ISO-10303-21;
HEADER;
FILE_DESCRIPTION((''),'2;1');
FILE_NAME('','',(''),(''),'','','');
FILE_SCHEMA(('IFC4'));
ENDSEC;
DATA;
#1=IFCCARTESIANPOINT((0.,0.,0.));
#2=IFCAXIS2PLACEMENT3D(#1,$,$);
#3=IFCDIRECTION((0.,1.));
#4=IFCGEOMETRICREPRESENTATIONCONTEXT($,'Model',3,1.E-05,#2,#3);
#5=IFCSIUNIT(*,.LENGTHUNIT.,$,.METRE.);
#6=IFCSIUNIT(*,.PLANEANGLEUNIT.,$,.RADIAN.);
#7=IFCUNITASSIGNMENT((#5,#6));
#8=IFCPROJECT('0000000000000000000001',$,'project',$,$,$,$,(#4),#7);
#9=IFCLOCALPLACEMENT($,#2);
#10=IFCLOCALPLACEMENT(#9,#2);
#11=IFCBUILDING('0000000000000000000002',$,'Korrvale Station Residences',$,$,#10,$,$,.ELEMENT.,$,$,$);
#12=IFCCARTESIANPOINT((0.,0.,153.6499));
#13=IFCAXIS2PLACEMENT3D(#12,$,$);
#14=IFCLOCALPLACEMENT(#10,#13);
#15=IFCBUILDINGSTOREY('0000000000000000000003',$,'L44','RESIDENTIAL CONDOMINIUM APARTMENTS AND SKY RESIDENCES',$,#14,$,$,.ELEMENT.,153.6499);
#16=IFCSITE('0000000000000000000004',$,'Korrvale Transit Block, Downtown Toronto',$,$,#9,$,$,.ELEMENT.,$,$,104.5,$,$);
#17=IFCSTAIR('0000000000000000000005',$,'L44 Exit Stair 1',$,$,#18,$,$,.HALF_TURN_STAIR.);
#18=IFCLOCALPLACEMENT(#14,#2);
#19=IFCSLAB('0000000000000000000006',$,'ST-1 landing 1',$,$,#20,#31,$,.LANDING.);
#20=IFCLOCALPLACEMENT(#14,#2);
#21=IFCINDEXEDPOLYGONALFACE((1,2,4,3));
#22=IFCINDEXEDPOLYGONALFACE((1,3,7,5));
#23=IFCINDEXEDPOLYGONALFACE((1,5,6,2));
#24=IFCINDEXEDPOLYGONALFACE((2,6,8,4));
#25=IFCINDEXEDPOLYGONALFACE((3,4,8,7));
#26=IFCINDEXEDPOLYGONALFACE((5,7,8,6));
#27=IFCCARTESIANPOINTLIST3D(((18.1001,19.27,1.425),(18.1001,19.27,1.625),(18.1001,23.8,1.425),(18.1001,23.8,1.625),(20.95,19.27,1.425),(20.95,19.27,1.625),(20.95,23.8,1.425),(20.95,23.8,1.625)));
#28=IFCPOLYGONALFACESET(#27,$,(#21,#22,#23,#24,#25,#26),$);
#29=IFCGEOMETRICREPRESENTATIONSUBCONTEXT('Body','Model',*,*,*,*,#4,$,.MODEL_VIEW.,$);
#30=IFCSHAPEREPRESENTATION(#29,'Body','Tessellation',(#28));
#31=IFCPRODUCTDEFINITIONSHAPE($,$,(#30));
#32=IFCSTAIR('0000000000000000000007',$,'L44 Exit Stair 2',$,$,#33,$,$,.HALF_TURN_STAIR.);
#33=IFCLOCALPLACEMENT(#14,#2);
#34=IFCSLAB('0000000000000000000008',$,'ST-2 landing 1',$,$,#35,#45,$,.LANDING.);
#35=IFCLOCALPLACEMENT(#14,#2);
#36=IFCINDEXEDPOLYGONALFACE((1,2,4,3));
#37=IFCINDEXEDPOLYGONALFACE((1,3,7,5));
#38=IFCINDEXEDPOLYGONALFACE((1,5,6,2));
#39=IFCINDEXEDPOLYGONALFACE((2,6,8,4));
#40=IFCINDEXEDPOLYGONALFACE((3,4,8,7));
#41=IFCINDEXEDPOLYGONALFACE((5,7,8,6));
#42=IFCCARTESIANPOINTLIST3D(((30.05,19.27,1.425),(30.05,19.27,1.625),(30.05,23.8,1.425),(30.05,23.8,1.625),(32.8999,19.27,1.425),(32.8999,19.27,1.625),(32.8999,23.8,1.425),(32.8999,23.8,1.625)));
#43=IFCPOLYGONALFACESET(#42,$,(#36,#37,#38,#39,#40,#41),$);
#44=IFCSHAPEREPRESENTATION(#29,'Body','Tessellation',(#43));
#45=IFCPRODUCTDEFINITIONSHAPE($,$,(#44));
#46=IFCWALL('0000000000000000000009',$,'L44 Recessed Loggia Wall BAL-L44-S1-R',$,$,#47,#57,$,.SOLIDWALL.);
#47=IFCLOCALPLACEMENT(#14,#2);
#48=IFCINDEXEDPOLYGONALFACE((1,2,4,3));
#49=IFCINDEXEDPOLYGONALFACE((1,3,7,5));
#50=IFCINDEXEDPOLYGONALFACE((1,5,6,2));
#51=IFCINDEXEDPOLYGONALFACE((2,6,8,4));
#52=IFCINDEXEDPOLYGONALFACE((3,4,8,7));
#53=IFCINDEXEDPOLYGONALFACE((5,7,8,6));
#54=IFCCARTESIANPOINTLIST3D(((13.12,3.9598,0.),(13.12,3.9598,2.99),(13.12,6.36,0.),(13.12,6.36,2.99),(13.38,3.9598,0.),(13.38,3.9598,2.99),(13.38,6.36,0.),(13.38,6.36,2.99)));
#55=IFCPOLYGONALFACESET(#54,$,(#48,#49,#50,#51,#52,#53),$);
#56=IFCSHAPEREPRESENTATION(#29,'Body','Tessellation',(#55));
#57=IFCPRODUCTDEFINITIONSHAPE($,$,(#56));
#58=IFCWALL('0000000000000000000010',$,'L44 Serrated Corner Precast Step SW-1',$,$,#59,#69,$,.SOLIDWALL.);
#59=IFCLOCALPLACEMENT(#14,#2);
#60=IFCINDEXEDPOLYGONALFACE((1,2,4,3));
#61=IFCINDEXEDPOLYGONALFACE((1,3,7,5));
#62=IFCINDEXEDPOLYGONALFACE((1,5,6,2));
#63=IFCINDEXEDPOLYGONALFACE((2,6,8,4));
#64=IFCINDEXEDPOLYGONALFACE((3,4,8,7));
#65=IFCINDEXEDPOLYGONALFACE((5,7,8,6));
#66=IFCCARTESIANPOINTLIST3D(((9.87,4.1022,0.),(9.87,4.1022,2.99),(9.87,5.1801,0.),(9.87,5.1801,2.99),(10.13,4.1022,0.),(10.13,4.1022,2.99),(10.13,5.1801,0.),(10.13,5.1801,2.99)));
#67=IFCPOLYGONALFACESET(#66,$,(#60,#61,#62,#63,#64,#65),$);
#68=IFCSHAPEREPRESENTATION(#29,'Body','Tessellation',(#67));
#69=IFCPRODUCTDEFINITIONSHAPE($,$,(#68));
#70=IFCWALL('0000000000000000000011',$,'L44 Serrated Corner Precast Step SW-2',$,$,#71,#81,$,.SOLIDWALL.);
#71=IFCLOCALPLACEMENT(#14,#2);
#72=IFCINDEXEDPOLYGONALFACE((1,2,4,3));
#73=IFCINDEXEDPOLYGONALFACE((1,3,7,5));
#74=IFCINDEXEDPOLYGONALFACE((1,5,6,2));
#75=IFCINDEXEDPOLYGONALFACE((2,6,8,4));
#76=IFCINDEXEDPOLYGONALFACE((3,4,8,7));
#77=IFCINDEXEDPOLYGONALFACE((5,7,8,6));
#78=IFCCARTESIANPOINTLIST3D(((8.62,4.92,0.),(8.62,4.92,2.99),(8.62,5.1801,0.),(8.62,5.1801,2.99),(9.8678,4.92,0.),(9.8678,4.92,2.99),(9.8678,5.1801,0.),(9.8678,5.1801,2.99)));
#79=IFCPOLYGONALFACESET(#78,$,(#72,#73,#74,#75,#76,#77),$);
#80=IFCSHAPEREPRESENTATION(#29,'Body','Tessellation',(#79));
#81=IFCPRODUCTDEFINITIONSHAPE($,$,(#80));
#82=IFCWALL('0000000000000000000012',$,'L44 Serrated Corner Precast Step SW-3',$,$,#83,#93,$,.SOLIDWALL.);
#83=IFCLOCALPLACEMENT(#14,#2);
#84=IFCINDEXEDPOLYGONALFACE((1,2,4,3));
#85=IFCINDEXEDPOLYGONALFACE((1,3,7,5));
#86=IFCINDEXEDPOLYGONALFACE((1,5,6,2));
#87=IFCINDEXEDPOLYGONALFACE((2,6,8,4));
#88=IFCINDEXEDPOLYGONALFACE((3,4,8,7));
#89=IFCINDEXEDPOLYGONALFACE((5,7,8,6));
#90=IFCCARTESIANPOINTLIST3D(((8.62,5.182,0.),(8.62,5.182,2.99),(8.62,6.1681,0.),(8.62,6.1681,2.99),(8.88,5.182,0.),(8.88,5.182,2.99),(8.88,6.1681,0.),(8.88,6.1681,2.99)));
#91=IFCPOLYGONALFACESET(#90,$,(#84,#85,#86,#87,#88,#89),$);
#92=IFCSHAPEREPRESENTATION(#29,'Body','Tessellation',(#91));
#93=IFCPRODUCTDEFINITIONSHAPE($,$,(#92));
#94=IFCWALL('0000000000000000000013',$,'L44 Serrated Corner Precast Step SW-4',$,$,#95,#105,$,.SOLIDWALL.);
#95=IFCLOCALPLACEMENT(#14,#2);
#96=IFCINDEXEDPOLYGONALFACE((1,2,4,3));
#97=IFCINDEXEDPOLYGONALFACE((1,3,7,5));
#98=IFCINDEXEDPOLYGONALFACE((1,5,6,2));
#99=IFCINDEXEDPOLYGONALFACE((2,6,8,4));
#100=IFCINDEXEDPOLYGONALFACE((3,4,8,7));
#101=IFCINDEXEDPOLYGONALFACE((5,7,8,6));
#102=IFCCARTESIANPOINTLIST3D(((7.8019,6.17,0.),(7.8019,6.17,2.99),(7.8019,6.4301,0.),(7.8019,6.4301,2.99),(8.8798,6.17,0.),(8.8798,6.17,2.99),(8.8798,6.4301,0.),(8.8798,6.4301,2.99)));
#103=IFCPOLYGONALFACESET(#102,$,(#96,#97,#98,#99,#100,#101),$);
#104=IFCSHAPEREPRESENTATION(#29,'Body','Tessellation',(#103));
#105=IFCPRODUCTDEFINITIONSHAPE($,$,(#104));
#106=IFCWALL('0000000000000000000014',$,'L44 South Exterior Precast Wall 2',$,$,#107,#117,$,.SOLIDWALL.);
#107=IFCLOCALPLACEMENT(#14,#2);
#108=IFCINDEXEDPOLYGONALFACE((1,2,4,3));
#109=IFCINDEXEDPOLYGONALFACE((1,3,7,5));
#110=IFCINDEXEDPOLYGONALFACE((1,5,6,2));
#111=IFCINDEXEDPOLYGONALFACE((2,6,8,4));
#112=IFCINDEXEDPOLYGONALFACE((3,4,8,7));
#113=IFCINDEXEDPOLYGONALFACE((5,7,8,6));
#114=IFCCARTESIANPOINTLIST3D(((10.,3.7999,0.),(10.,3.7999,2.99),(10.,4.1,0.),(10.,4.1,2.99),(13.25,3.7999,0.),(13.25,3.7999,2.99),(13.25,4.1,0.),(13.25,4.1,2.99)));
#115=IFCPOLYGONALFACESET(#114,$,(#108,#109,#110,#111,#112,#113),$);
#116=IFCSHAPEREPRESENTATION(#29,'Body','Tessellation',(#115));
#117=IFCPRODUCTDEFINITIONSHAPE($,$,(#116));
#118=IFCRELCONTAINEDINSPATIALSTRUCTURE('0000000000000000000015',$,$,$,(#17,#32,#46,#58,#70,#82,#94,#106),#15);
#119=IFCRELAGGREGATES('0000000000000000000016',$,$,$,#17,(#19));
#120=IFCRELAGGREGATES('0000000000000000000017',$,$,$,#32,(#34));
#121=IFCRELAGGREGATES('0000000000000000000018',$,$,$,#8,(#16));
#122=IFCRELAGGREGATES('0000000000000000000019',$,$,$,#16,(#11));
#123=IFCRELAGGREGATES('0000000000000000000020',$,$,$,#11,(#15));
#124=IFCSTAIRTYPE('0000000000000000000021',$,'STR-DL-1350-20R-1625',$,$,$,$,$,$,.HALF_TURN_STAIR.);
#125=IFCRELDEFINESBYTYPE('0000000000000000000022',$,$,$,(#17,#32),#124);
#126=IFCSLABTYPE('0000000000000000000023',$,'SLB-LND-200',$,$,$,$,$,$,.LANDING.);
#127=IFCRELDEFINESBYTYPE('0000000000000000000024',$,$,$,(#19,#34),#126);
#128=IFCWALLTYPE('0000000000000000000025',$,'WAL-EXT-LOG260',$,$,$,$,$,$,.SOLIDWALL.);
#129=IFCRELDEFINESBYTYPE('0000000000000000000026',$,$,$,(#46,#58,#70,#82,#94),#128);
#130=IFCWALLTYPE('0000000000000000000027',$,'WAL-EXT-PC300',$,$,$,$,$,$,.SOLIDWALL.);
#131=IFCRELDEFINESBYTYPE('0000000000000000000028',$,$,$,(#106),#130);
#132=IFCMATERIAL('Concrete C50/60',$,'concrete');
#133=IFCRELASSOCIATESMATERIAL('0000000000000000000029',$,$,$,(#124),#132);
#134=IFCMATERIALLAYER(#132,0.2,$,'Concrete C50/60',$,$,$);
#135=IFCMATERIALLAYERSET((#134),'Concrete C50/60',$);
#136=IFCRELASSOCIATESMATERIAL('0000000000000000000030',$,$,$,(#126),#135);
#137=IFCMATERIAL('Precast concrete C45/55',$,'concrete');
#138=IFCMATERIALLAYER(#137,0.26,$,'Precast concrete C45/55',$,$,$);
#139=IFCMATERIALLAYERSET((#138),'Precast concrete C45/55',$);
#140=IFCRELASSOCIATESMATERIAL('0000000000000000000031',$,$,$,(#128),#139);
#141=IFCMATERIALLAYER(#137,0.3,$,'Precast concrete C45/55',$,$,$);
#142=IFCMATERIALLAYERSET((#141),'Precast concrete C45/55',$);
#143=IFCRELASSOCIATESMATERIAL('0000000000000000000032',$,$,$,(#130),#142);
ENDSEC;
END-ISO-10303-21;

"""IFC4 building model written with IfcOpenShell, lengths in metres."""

from ifc_helpers import new_model, si_unit, direction, frame, frame_2d, origin, place, context, subcontext, project, spatial, polyline, rectangle, outline, extrude, material, layer, layer_set, type_object, element, aggregate, save


model = new_model("IFC4")

# Units and contexts
model_context = context("Model", 3, precision=1e-05, world=origin(), true_north=direction((0.0, 1.0)))
body_context = subcontext(model_context, "Body", "Model", "MODEL_VIEW")
ifc_project = project(units=[si_unit("LENGTHUNIT", "METRE"), si_unit("PLANEANGLEUNIT", "RADIAN")], contexts=[model_context])

# Site, building, storey
site_placement = place(None, origin())
site = spatial("IfcSite", under=ifc_project, at=site_placement, Name="Korrvale Transit Block, Downtown Toronto", CompositionType="ELEMENT", RefElevation=104.5)
building_placement = place(site_placement, origin())
building = spatial("IfcBuilding", under=site, at=building_placement, Name="Korrvale Station Residences", CompositionType="ELEMENT")
storey_placement = place(building_placement, frame((0.0, 0.0, 153.6499)))
storey = spatial("IfcBuildingStorey", under=building, at=storey_placement, Name="L44", Description="RESIDENTIAL CONDOMINIUM APARTMENTS AND SKY RESIDENCES", CompositionType="ELEMENT", Elevation=153.6499)

# Shared definitions
ifc_material_1 = material(Name="Concrete C50/60", Category="concrete")

# Stairs, slabs
stair_type = type_object("IfcStairType", Name="STR-DL-1350-20R-1625", PredefinedType="HALF_TURN_STAIR", material=ifc_material_1)
stair_1_placement = place(storey_placement, origin())
stair_1 = element("IfcStair", 1, at=stair_1_placement, inside=storey, type_object=stair_type, Name="L44 Exit Stair 1", PredefinedType="HALF_TURN_STAIR")
ifc_layer_1 = layer(ifc_material_1, 0.2, Name="Concrete C50/60")
ifc_layer_set_1 = layer_set([ifc_layer_1], Name="Concrete C50/60")
slab_type_1 = type_object("IfcSlabType", Name="SLB-LND-200", PredefinedType="LANDING", material=ifc_layer_set_1)
slab_1_placement = place(storey_placement, frame((0.0, 0.0, 1.425)))
slab_1 = element("IfcSlab", 2, at=slab_1_placement, type_object=slab_type_1, Name="ST-1 landing 1", PredefinedType="LANDING", context=body_context, shape_type="SweptSolid", body=[
    extrude(outline(polyline([(20.95, 19.27), (20.95, 23.8), (18.1001, 23.8), (18.1001, 19.27), (20.95, 19.27)])), origin(), (0.0, 0.0, 1.0), 0.2),
])
aggregate(stair_1, [slab_1])
stair_2_placement = place(storey_placement, origin())
stair_2 = element("IfcStair", 3, at=stair_2_placement, inside=storey, type_object=stair_type, Name="L44 Exit Stair 2", PredefinedType="HALF_TURN_STAIR")
slab_2_placement = place(storey_placement, frame((0.0, 0.0, 1.425)))
slab_2 = element("IfcSlab", 4, at=slab_2_placement, type_object=slab_type_1, Name="ST-2 landing 1", PredefinedType="LANDING", context=body_context, shape_type="SweptSolid", body=[
    extrude(outline(polyline([(32.8999, 19.27), (32.8999, 23.8), (30.05, 23.8), (30.05, 19.27), (32.8999, 19.27)])), origin(), (0.0, 0.0, 1.0), 0.2),
])
aggregate(stair_2, [slab_2])

# Walls
ifc_material_2 = material(Name="Precast concrete C45/55", Category="concrete")
ifc_layer_2 = layer(ifc_material_2, 0.26, Name="Precast concrete C45/55")
ifc_layer_set_2 = layer_set([ifc_layer_2], Name="Precast concrete C45/55")
wall_type_1 = type_object("IfcWallType", Name="WAL-EXT-LOG260", PredefinedType="SOLIDWALL", material=ifc_layer_set_2)
wall_1_placement = place(storey_placement, frame((13.25, 6.3601, 0.0), z_axis=(0.0, 0.0, 1.0), x_axis=(0.0, -1.0, 0.0)))
element("IfcWall", 5, at=wall_1_placement, inside=storey, type_object=wall_type_1, Name="L44 Recessed Loggia Wall BAL-L44-S1-R", PredefinedType="SOLIDWALL", context=body_context, shape_type="SweptSolid", body=[
    extrude(rectangle(XDim=2.4001, YDim=0.26, at=frame_2d((1.2002, 0.0))), origin(), (0.0, 0.0, 1.0), 2.99),
])
wall_2_placement = place(storey_placement, frame((10.0, 4.1021, 0.0), z_axis=(0.0, 0.0, 1.0), x_axis=(0.0, 1.0, 0.0)))
element("IfcWall", 6, at=wall_2_placement, inside=storey, type_object=wall_type_1, Name="L44 Serrated Corner Precast Step SW-1", PredefinedType="SOLIDWALL", context=body_context, shape_type="SweptSolid", body=[
    extrude(rectangle(XDim=1.0779, YDim=0.26, at=frame_2d((0.5391, 0.0))), origin(), (0.0, 0.0, 1.0), 2.99),
])
wall_3_placement = place(storey_placement, frame((9.8679, 5.05, 0.0), z_axis=(0.0, 0.0, 1.0), x_axis=(-1.0, 0.0, 0.0)))
element("IfcWall", 7, at=wall_3_placement, inside=storey, type_object=wall_type_1, Name="L44 Serrated Corner Precast Step SW-2", PredefinedType="SOLIDWALL", context=body_context, shape_type="SweptSolid", body=[
    extrude(rectangle(XDim=1.2478, YDim=0.26, at=frame_2d((0.624, 0.0))), origin(), (0.0, 0.0, 1.0), 2.99),
])
wall_4_placement = place(storey_placement, frame((8.75, 5.1819, 0.0), z_axis=(0.0, 0.0, 1.0), x_axis=(0.0, 1.0, 0.0)))
element("IfcWall", 8, at=wall_4_placement, inside=storey, type_object=wall_type_1, Name="L44 Serrated Corner Precast Step SW-3", PredefinedType="SOLIDWALL", context=body_context, shape_type="SweptSolid", body=[
    extrude(rectangle(XDim=0.9861, YDim=0.26, at=frame_2d((0.4932, 0.0))), origin(), (0.0, 0.0, 1.0), 2.99),
])
wall_5_placement = place(storey_placement, frame((8.8799, 6.3, 0.0), z_axis=(0.0, 0.0, 1.0), x_axis=(-1.0, 0.0, 0.0)))
element("IfcWall", 9, at=wall_5_placement, inside=storey, type_object=wall_type_1, Name="L44 Serrated Corner Precast Step SW-4", PredefinedType="SOLIDWALL", context=body_context, shape_type="SweptSolid", body=[
    extrude(rectangle(XDim=1.0779, YDim=0.26, at=frame_2d((0.5391, 0.0))), origin(), (0.0, 0.0, 1.0), 2.99),
])
ifc_layer_3 = layer(ifc_material_2, 0.3, Name="Precast concrete C45/55")
ifc_layer_set_3 = layer_set([ifc_layer_3], Name="Precast concrete C45/55")
wall_type_2 = type_object("IfcWallType", Name="WAL-EXT-PC300", PredefinedType="SOLIDWALL", material=ifc_layer_set_3)
wall_6_placement = place(storey_placement, frame((13.25, 3.95, 0.0), z_axis=(0.0, 0.0, 1.0), x_axis=(-1.0, 0.0, 0.0)))
element("IfcWall", 10, at=wall_6_placement, inside=storey, type_object=wall_type_2, Name="L44 South Exterior Precast Wall 2", PredefinedType="SOLIDWALL", context=body_context, shape_type="SweptSolid", body=[
    extrude(rectangle(XDim=3.25, YDim=0.3, at=frame_2d((1.625, 0.0))), origin(), (0.0, 0.0, 1.0), 2.99),
])

save(model, "model.ifc")
